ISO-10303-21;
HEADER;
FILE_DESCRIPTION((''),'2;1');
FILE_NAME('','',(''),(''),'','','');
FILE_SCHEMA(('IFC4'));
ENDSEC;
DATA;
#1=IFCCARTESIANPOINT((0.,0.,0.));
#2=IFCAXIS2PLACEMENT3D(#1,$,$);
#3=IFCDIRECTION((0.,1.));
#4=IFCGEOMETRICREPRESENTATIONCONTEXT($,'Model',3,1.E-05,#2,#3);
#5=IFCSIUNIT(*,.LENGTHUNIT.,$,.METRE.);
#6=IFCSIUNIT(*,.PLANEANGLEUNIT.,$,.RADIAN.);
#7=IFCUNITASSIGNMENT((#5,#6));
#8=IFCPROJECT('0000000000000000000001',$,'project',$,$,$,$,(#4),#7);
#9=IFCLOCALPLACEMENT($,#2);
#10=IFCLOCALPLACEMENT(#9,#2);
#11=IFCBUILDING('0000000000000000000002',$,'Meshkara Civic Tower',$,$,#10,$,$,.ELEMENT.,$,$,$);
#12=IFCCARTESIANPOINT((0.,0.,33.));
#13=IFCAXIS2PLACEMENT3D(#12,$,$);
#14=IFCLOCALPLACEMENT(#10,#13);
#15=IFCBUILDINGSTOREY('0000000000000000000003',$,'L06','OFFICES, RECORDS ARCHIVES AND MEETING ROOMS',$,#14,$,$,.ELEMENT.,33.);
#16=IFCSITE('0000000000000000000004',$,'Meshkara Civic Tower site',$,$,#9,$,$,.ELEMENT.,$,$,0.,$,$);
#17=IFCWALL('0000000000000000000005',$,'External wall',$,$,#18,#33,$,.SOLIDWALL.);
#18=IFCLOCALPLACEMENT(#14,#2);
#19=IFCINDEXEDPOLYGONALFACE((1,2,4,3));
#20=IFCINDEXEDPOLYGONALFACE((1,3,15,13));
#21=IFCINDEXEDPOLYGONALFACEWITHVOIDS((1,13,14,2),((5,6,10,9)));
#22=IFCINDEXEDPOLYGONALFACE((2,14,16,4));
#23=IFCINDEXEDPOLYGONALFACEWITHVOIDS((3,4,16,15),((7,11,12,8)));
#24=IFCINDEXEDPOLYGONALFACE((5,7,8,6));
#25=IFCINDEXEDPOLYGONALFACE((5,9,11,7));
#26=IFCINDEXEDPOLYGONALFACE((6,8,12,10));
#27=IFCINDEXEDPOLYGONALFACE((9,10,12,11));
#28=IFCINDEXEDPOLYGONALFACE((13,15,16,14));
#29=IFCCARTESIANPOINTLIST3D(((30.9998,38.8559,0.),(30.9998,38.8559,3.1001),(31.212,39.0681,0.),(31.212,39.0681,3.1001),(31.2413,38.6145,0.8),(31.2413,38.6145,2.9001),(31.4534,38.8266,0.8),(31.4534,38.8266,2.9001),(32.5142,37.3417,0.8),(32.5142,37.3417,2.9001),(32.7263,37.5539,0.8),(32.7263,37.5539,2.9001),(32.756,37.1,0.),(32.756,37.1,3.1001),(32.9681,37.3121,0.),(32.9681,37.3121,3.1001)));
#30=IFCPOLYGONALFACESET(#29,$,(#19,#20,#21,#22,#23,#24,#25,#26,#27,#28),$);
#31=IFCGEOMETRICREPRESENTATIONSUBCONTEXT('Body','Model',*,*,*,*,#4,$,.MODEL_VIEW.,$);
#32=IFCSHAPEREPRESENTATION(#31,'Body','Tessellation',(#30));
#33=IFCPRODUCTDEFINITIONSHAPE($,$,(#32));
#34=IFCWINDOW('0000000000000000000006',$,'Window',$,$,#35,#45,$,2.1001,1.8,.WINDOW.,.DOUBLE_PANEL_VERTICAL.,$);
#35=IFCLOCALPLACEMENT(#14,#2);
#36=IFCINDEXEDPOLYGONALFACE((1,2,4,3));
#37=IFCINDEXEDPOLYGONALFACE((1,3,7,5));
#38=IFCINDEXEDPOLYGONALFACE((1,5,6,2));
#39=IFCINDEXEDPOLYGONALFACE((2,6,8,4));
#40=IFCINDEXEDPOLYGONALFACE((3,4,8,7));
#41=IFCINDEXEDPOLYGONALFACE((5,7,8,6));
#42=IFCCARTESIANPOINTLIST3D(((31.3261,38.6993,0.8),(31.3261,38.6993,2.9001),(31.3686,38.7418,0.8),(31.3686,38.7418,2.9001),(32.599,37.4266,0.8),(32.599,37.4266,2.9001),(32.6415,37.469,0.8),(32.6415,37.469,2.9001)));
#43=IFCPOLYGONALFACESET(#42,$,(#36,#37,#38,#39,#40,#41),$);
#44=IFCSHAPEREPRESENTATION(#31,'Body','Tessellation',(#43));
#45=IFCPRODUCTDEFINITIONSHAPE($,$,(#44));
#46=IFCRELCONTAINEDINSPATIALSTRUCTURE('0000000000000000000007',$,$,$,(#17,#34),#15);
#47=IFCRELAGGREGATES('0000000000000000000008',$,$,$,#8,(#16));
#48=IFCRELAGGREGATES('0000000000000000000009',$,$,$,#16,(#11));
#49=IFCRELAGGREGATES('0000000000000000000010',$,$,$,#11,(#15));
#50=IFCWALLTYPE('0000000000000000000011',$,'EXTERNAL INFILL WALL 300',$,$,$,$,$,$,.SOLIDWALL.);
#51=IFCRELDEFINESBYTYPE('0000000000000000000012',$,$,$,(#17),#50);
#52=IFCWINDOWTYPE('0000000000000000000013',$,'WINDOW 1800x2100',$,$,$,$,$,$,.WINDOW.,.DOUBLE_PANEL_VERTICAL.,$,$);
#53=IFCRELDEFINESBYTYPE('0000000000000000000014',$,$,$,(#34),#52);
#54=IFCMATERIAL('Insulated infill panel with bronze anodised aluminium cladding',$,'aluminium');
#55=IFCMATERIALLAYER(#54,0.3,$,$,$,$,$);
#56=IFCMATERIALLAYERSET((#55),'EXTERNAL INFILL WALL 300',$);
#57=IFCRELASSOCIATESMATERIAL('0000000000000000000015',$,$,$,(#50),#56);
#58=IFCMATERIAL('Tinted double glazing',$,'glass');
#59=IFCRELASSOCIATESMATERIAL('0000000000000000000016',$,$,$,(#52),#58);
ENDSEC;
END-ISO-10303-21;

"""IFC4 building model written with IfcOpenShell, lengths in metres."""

from ifc_helpers import new_model, si_unit, direction, frame, frame_2d, origin, place, context, subcontext, project, spatial, rectangle, extrude, material, layer, layer_set, type_object, element, fill, save


model = new_model("IFC4")

# Units and contexts
model_context = context("Model", 3, precision=1e-05, world=origin(), true_north=direction((0.0, 1.0)))
body_context = subcontext(model_context, "Body", "Model", "MODEL_VIEW")
ifc_project = project(units=[si_unit("LENGTHUNIT", "METRE"), si_unit("PLANEANGLEUNIT", "RADIAN")], contexts=[model_context])

# Site, building, storey
site_placement = place(None, origin())
site = spatial("IfcSite", under=ifc_project, at=site_placement, Name="Meshkara Civic Tower site", CompositionType="ELEMENT", RefElevation=0.0)
building_placement = place(site_placement, origin())
building = spatial("IfcBuilding", under=site, at=building_placement, Name="Meshkara Civic Tower", CompositionType="ELEMENT")
storey_placement = place(building_placement, frame((0.0, 0.0, 33.0)))
storey = spatial("IfcBuildingStorey", under=building, at=storey_placement, Name="L06", Description="OFFICES, RECORDS ARCHIVES AND MEETING ROOMS", CompositionType="ELEMENT", Elevation=33.0)

# Wall, opening, window
ifc_material_1 = material(Name="Insulated infill panel with bronze anodised aluminium cladding", Category="aluminium")
ifc_layer_1 = layer(ifc_material_1, 0.3)
ifc_layer_set_1 = layer_set([ifc_layer_1], Name="EXTERNAL INFILL WALL 300")
wall_type_1 = type_object("IfcWallType", Name="EXTERNAL INFILL WALL 300", PredefinedType="SOLIDWALL", material=ifc_layer_set_1)
wall_1_placement = place(storey_placement, frame((32.8621, 37.2061, 0.0), z_axis=(0.0, 0.0, 1.0), x_axis=(-0.707156, 0.707058, 0.0)))
wall_1 = element("IfcWall", 1, at=wall_1_placement, inside=storey, type_object=wall_type_1, Name="External wall", PredefinedType="SOLIDWALL", context=body_context, shape_type="SweptSolid", body=[
    extrude(rectangle(XDim=2.4834, YDim=0.3, at=frame_2d((1.2417, 0.0))), origin(), (0.0, 0.0, 1.0), 3.1001),
])
opening_1_placement = place(wall_1_placement, frame((0.342, 0.0, 0.8)))
opening_1 = element("IfcOpeningElement", 2, at=opening_1_placement, cuts=wall_1, PredefinedType="OPENING", context=body_context, shape_type="SweptSolid", body=[
    extrude(rectangle(XDim=1.8, YDim=2.1001, at=frame_2d((0.8999, 1.05))), frame((0.0, 0.1599, 0.0), z_axis=(0.0, -1.0, 0.0), x_axis=(1.0, 0.0, 0.0)), (0.0, 0.0, 1.0), 0.3201),
])
ifc_material_2 = material(Name="Tinted double glazing", Category="glass")
window_type = type_object("IfcWindowType", Name="WINDOW 1800x2100", PartitioningType="DOUBLE_PANEL_VERTICAL", PredefinedType="WINDOW", material=ifc_material_2)
window_placement = place(opening_1_placement, origin())
window = element("IfcWindow", 3, at=window_placement, inside=storey, type_object=window_type, Name="Window", OverallHeight=2.1001, OverallWidth=1.8, PartitioningType="DOUBLE_PANEL_VERTICAL", PredefinedType="WINDOW", context=body_context, shape_type="SweptSolid", body=[
    extrude(rectangle(XDim=1.8, YDim=2.1001, at=frame_2d((0.8999, 1.05))), frame((0.0, 0.03, 0.0), z_axis=(0.0, -1.0, 0.0), x_axis=(1.0, 0.0, 0.0)), (0.0, 0.0, 1.0), 0.0601),
])
fill(opening_1, window)

save(model, "model.ifc")
